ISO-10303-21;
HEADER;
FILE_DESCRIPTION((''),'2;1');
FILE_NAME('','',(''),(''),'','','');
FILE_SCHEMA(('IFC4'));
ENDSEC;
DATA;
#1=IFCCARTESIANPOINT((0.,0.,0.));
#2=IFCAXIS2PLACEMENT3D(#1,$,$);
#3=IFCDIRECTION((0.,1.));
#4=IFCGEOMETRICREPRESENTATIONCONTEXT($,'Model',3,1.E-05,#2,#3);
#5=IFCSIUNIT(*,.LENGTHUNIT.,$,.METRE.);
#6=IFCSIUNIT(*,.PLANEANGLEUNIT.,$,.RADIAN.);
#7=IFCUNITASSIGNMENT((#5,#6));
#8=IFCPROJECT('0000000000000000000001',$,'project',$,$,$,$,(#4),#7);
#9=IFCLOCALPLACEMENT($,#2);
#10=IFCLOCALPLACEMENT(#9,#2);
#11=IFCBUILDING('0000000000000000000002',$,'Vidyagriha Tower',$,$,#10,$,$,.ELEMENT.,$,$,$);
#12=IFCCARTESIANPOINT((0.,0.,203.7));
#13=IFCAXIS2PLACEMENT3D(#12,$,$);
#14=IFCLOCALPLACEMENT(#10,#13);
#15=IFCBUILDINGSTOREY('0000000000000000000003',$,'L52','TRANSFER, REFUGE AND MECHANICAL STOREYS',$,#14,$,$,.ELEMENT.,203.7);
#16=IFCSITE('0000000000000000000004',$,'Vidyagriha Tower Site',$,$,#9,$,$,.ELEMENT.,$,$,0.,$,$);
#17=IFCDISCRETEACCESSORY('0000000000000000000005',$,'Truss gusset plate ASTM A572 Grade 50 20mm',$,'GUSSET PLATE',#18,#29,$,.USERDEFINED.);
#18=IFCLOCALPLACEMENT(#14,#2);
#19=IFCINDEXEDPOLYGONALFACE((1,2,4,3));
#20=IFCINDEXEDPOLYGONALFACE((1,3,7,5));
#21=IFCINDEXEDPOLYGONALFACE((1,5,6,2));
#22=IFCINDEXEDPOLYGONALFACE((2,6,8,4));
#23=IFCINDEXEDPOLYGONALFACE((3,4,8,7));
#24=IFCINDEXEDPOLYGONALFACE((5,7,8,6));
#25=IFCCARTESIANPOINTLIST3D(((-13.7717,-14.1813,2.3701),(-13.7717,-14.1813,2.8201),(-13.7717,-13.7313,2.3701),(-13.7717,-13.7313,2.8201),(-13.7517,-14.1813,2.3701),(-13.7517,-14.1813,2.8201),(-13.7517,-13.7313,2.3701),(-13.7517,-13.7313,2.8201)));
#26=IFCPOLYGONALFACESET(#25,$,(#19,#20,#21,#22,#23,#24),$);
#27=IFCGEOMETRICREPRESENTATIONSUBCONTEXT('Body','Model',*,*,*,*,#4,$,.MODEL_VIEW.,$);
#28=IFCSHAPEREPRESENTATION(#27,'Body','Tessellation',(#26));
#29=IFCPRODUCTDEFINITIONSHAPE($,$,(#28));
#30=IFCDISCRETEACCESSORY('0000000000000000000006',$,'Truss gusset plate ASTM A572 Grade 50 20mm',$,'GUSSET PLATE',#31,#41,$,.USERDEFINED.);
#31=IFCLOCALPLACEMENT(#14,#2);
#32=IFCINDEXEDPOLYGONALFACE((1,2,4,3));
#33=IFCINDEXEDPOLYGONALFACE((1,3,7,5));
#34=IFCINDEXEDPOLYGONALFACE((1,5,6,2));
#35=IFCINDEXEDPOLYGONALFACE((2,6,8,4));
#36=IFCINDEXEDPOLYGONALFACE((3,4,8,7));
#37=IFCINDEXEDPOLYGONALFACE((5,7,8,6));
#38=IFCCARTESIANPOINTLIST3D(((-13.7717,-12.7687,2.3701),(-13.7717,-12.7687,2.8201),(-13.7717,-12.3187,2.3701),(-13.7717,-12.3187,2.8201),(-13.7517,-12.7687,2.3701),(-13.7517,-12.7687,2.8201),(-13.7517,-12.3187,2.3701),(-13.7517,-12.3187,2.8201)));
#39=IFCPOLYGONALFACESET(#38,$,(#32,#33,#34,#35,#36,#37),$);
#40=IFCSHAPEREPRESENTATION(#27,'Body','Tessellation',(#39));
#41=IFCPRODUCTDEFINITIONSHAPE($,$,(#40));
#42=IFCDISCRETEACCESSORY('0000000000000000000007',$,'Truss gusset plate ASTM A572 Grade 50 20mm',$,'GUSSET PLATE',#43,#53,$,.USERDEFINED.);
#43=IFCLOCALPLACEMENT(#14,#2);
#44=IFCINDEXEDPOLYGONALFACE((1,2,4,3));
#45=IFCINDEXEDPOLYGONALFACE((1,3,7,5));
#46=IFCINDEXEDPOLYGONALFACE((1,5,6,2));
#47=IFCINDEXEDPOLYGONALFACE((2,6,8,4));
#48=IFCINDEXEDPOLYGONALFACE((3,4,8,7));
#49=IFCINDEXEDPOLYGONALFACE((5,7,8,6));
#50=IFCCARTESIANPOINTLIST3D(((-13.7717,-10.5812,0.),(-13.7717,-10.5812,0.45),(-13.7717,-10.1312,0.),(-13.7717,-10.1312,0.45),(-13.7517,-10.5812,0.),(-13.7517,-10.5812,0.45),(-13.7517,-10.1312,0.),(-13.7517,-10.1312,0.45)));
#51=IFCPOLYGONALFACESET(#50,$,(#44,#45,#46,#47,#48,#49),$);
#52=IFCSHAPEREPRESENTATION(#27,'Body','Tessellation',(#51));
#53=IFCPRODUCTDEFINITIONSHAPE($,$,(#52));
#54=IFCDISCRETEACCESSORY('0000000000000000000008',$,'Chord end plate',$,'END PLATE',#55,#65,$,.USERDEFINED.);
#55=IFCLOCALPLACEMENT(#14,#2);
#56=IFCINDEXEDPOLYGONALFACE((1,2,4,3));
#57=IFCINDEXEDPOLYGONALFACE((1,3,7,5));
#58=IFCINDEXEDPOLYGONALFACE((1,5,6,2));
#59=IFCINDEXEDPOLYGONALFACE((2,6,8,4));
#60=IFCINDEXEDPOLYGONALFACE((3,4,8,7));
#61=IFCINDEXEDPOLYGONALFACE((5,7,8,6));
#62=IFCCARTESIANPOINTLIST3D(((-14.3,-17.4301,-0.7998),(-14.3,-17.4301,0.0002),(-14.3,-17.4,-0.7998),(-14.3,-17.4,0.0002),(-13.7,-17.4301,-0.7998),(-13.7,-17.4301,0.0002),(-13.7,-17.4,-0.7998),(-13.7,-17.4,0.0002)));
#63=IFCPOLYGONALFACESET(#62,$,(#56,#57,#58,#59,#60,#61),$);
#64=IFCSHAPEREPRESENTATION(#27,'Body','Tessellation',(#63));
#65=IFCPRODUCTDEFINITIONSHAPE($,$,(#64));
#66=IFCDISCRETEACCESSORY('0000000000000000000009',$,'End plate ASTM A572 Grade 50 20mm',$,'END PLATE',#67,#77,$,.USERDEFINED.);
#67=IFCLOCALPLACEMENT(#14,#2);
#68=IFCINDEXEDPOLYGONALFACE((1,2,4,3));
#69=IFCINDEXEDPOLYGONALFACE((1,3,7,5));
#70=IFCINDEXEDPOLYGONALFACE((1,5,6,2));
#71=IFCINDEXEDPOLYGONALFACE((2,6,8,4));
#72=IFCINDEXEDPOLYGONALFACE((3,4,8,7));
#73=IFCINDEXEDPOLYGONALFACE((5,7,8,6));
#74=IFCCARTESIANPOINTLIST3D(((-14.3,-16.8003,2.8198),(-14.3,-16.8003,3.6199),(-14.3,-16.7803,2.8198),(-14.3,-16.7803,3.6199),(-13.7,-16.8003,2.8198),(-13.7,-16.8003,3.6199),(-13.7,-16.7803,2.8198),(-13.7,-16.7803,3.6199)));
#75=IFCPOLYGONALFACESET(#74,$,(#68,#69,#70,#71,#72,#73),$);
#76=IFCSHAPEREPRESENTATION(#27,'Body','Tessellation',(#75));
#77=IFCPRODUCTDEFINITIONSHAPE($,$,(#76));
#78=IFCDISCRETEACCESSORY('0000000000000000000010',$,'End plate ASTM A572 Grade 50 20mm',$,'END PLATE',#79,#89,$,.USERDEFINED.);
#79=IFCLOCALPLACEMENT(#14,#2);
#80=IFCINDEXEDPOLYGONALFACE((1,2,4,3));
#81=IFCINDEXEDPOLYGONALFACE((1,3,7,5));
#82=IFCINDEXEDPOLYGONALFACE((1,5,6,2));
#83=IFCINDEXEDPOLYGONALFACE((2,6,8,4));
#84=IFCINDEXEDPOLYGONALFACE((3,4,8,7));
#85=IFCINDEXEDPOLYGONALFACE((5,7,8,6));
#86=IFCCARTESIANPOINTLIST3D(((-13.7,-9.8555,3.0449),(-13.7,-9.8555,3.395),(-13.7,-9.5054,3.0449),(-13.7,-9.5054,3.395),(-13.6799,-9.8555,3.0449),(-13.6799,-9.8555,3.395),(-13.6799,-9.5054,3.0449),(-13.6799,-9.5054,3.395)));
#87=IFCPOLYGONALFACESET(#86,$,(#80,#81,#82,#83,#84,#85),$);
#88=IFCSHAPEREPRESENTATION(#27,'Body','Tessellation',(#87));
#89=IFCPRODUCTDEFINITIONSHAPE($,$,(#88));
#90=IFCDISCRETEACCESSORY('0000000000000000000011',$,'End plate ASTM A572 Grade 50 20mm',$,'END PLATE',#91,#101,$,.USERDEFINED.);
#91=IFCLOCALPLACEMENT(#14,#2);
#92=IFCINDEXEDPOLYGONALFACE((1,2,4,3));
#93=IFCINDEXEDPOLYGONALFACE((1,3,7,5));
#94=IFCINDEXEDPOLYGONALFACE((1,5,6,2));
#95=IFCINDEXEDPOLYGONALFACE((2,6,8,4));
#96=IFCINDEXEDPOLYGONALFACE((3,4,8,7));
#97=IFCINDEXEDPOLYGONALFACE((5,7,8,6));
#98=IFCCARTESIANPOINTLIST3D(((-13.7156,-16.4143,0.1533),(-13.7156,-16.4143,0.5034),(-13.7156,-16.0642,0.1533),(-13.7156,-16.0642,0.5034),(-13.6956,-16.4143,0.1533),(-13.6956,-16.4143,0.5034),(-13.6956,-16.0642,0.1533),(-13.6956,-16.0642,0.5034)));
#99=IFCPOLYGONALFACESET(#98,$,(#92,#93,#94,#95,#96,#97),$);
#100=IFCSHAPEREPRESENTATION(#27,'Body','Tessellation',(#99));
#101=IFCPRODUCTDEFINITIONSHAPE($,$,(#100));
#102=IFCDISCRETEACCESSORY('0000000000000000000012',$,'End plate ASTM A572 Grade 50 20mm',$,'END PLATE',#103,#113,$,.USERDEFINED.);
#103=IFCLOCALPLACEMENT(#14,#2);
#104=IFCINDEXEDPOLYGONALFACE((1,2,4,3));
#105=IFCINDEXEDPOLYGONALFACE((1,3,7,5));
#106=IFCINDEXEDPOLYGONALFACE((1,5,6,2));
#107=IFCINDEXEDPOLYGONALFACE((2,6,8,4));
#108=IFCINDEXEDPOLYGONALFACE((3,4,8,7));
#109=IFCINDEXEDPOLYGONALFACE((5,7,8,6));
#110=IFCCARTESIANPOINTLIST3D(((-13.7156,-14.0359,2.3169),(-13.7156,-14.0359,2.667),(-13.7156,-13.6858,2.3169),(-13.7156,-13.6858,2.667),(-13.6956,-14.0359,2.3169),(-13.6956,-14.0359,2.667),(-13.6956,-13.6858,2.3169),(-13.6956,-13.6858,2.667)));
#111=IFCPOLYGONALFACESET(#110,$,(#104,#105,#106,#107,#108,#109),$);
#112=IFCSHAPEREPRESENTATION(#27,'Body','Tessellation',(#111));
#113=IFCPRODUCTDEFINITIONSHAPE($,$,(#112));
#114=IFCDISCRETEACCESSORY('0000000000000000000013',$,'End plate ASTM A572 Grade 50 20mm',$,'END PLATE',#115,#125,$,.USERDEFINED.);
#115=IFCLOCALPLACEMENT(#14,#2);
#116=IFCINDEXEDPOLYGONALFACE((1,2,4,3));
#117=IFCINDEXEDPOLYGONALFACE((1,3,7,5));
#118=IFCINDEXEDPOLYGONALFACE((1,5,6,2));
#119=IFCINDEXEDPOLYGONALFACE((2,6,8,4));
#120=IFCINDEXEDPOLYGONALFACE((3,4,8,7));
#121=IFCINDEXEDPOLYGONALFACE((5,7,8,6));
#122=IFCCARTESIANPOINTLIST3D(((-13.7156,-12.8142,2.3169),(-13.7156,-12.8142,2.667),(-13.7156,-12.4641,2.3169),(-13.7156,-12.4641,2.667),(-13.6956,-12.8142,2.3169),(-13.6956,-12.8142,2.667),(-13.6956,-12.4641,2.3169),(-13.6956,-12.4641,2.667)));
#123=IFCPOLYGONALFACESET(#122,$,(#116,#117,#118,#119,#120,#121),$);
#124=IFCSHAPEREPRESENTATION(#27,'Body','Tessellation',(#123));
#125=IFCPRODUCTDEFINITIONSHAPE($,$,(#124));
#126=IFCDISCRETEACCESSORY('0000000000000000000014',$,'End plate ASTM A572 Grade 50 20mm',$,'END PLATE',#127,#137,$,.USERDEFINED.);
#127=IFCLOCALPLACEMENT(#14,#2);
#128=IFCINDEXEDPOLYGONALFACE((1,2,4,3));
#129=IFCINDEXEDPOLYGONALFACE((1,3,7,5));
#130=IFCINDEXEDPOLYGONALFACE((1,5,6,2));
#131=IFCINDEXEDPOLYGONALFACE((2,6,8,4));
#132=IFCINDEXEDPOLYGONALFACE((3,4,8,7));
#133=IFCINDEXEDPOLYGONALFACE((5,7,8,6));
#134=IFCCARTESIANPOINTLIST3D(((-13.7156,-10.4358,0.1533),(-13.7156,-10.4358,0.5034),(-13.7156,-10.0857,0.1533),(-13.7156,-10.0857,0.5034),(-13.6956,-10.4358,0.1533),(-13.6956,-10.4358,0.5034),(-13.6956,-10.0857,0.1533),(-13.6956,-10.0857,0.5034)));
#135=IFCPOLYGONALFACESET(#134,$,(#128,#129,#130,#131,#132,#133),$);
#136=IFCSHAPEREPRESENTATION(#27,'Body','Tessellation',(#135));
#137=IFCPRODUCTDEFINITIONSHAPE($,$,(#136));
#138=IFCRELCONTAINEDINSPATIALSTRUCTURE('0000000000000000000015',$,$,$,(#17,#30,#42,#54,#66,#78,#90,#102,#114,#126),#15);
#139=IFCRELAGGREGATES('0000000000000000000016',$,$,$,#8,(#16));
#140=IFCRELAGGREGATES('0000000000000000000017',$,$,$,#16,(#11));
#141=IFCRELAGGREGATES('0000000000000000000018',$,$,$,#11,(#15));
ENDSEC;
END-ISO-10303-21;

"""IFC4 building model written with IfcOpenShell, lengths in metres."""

from ifc_helpers import new_model, si_unit, direction, frame, origin, origin_2d, place, context, subcontext, project, spatial, rectangle, extrude, element, save


model = new_model("IFC4")

# Units and contexts
model_context = context("Model", 3, precision=1e-05, world=origin(), true_north=direction((0.0, 1.0)))
body_context = subcontext(model_context, "Body", "Model", "MODEL_VIEW")
ifc_project = project(units=[si_unit("LENGTHUNIT", "METRE"), si_unit("PLANEANGLEUNIT", "RADIAN")], contexts=[model_context])

# Site, building, storey
site_placement = place(None, origin())
site = spatial("IfcSite", under=ifc_project, at=site_placement, Name="Vidyagriha Tower Site", CompositionType="ELEMENT", RefElevation=0.0)
building_placement = place(site_placement, origin())
building = spatial("IfcBuilding", under=site, at=building_placement, Name="Vidyagriha Tower", CompositionType="ELEMENT")
storey_placement = place(building_placement, frame((0.0, 0.0, 203.7)))
storey = spatial("IfcBuildingStorey", under=building, at=storey_placement, Name="L52", Description="TRANSFER, REFUGE AND MECHANICAL STOREYS", CompositionType="ELEMENT", Elevation=203.7)

# Discrete accessories
for number, where, z_axis, x_axis, name in (
    (1, (-13.7617, -13.9563, 2.3701), (0.0, 0.0, 1.0), (0.0, 1.0, 0.0), "Truss gusset plate ASTM A572 Grade 50 20mm"),
    (2, (-13.7617, -12.5437, 2.3701), (0.0, 0.0, 1.0), (0.0, 1.0, 0.0), "Truss gusset plate ASTM A572 Grade 50 20mm"),
    (3, (-13.7617, -10.3562, 0.0), (0.0, 0.0, 1.0), (0.0, 1.0, 0.0), "Truss gusset plate ASTM A572 Grade 50 20mm"),
):
    element("IfcDiscreteAccessory", number, at=place(storey_placement, frame(where, z_axis=z_axis, x_axis=x_axis)), inside=storey, Name=name, ObjectType="GUSSET PLATE", PredefinedType="USERDEFINED", context=body_context, shape_type="SweptSolid", body=[
        extrude(rectangle(XDim=0.45, YDim=0.02, at=origin_2d()), origin(), (0.0, 0.0, 1.0), 0.45),
    ])
discrete_accessory_1_placement = place(storey_placement, frame((-14.0, -17.415, -0.7998), z_axis=(0.0, 0.0, 1.0), x_axis=(0.0, -1.0, 0.0)))
element("IfcDiscreteAccessory", 4, at=discrete_accessory_1_placement, inside=storey, Name="Chord end plate", ObjectType="END PLATE", PredefinedType="USERDEFINED", context=body_context, shape_type="SweptSolid", body=[
    extrude(rectangle(XDim=0.03, YDim=0.6001, at=origin_2d()), origin(), (0.0, 0.0, 1.0), 0.8),
])
discrete_accessory_2_placement = place(storey_placement, frame((-14.0, -16.7903, 2.8198), z_axis=(0.0, 0.0, 1.0), x_axis=(0.0, -1.0, 0.0)))
element("IfcDiscreteAccessory", 5, at=discrete_accessory_2_placement, inside=storey, Name="End plate ASTM A572 Grade 50 20mm", ObjectType="END PLATE", PredefinedType="USERDEFINED", context=body_context, shape_type="SweptSolid", body=[
    extrude(rectangle(XDim=0.02, YDim=0.6001, at=origin_2d()), origin(), (0.0, 0.0, 1.0), 0.8),
])
for number, where, z_axis, x_axis, name in (
    (6, (-13.6899, -9.6804, 3.0449), (0.0, 0.0, 1.0), (0.0, 1.0, 0.0), "End plate ASTM A572 Grade 50 20mm"),
    (7, (-13.7056, -16.2393, 0.1533), (0.0, 0.0, 1.0), (0.0, -1.0, 0.0), "End plate ASTM A572 Grade 50 20mm"),
    (8, (-13.7056, -13.8608, 2.3169), (0.0, 0.0, 1.0), (0.0, 1.0, 0.0), "End plate ASTM A572 Grade 50 20mm"),
    (9, (-13.7056, -12.6392, 2.3169), (0.0, 0.0, 1.0), (0.0, -1.0, 0.0), "End plate ASTM A572 Grade 50 20mm"),
    (10, (-13.7056, -10.2607, 0.1533), (0.0, 0.0, 1.0), (0.0, 1.0, 0.0), "End plate ASTM A572 Grade 50 20mm"),
):
    element("IfcDiscreteAccessory", number, at=place(storey_placement, frame(where, z_axis=z_axis, x_axis=x_axis)), inside=storey, Name=name, ObjectType="END PLATE", PredefinedType="USERDEFINED", context=body_context, shape_type="SweptSolid", body=[
        extrude(rectangle(XDim=0.3501, YDim=0.02, at=origin_2d()), origin(), (0.0, 0.0, 1.0), 0.3501),
    ])

save(model, "model.ifc")
